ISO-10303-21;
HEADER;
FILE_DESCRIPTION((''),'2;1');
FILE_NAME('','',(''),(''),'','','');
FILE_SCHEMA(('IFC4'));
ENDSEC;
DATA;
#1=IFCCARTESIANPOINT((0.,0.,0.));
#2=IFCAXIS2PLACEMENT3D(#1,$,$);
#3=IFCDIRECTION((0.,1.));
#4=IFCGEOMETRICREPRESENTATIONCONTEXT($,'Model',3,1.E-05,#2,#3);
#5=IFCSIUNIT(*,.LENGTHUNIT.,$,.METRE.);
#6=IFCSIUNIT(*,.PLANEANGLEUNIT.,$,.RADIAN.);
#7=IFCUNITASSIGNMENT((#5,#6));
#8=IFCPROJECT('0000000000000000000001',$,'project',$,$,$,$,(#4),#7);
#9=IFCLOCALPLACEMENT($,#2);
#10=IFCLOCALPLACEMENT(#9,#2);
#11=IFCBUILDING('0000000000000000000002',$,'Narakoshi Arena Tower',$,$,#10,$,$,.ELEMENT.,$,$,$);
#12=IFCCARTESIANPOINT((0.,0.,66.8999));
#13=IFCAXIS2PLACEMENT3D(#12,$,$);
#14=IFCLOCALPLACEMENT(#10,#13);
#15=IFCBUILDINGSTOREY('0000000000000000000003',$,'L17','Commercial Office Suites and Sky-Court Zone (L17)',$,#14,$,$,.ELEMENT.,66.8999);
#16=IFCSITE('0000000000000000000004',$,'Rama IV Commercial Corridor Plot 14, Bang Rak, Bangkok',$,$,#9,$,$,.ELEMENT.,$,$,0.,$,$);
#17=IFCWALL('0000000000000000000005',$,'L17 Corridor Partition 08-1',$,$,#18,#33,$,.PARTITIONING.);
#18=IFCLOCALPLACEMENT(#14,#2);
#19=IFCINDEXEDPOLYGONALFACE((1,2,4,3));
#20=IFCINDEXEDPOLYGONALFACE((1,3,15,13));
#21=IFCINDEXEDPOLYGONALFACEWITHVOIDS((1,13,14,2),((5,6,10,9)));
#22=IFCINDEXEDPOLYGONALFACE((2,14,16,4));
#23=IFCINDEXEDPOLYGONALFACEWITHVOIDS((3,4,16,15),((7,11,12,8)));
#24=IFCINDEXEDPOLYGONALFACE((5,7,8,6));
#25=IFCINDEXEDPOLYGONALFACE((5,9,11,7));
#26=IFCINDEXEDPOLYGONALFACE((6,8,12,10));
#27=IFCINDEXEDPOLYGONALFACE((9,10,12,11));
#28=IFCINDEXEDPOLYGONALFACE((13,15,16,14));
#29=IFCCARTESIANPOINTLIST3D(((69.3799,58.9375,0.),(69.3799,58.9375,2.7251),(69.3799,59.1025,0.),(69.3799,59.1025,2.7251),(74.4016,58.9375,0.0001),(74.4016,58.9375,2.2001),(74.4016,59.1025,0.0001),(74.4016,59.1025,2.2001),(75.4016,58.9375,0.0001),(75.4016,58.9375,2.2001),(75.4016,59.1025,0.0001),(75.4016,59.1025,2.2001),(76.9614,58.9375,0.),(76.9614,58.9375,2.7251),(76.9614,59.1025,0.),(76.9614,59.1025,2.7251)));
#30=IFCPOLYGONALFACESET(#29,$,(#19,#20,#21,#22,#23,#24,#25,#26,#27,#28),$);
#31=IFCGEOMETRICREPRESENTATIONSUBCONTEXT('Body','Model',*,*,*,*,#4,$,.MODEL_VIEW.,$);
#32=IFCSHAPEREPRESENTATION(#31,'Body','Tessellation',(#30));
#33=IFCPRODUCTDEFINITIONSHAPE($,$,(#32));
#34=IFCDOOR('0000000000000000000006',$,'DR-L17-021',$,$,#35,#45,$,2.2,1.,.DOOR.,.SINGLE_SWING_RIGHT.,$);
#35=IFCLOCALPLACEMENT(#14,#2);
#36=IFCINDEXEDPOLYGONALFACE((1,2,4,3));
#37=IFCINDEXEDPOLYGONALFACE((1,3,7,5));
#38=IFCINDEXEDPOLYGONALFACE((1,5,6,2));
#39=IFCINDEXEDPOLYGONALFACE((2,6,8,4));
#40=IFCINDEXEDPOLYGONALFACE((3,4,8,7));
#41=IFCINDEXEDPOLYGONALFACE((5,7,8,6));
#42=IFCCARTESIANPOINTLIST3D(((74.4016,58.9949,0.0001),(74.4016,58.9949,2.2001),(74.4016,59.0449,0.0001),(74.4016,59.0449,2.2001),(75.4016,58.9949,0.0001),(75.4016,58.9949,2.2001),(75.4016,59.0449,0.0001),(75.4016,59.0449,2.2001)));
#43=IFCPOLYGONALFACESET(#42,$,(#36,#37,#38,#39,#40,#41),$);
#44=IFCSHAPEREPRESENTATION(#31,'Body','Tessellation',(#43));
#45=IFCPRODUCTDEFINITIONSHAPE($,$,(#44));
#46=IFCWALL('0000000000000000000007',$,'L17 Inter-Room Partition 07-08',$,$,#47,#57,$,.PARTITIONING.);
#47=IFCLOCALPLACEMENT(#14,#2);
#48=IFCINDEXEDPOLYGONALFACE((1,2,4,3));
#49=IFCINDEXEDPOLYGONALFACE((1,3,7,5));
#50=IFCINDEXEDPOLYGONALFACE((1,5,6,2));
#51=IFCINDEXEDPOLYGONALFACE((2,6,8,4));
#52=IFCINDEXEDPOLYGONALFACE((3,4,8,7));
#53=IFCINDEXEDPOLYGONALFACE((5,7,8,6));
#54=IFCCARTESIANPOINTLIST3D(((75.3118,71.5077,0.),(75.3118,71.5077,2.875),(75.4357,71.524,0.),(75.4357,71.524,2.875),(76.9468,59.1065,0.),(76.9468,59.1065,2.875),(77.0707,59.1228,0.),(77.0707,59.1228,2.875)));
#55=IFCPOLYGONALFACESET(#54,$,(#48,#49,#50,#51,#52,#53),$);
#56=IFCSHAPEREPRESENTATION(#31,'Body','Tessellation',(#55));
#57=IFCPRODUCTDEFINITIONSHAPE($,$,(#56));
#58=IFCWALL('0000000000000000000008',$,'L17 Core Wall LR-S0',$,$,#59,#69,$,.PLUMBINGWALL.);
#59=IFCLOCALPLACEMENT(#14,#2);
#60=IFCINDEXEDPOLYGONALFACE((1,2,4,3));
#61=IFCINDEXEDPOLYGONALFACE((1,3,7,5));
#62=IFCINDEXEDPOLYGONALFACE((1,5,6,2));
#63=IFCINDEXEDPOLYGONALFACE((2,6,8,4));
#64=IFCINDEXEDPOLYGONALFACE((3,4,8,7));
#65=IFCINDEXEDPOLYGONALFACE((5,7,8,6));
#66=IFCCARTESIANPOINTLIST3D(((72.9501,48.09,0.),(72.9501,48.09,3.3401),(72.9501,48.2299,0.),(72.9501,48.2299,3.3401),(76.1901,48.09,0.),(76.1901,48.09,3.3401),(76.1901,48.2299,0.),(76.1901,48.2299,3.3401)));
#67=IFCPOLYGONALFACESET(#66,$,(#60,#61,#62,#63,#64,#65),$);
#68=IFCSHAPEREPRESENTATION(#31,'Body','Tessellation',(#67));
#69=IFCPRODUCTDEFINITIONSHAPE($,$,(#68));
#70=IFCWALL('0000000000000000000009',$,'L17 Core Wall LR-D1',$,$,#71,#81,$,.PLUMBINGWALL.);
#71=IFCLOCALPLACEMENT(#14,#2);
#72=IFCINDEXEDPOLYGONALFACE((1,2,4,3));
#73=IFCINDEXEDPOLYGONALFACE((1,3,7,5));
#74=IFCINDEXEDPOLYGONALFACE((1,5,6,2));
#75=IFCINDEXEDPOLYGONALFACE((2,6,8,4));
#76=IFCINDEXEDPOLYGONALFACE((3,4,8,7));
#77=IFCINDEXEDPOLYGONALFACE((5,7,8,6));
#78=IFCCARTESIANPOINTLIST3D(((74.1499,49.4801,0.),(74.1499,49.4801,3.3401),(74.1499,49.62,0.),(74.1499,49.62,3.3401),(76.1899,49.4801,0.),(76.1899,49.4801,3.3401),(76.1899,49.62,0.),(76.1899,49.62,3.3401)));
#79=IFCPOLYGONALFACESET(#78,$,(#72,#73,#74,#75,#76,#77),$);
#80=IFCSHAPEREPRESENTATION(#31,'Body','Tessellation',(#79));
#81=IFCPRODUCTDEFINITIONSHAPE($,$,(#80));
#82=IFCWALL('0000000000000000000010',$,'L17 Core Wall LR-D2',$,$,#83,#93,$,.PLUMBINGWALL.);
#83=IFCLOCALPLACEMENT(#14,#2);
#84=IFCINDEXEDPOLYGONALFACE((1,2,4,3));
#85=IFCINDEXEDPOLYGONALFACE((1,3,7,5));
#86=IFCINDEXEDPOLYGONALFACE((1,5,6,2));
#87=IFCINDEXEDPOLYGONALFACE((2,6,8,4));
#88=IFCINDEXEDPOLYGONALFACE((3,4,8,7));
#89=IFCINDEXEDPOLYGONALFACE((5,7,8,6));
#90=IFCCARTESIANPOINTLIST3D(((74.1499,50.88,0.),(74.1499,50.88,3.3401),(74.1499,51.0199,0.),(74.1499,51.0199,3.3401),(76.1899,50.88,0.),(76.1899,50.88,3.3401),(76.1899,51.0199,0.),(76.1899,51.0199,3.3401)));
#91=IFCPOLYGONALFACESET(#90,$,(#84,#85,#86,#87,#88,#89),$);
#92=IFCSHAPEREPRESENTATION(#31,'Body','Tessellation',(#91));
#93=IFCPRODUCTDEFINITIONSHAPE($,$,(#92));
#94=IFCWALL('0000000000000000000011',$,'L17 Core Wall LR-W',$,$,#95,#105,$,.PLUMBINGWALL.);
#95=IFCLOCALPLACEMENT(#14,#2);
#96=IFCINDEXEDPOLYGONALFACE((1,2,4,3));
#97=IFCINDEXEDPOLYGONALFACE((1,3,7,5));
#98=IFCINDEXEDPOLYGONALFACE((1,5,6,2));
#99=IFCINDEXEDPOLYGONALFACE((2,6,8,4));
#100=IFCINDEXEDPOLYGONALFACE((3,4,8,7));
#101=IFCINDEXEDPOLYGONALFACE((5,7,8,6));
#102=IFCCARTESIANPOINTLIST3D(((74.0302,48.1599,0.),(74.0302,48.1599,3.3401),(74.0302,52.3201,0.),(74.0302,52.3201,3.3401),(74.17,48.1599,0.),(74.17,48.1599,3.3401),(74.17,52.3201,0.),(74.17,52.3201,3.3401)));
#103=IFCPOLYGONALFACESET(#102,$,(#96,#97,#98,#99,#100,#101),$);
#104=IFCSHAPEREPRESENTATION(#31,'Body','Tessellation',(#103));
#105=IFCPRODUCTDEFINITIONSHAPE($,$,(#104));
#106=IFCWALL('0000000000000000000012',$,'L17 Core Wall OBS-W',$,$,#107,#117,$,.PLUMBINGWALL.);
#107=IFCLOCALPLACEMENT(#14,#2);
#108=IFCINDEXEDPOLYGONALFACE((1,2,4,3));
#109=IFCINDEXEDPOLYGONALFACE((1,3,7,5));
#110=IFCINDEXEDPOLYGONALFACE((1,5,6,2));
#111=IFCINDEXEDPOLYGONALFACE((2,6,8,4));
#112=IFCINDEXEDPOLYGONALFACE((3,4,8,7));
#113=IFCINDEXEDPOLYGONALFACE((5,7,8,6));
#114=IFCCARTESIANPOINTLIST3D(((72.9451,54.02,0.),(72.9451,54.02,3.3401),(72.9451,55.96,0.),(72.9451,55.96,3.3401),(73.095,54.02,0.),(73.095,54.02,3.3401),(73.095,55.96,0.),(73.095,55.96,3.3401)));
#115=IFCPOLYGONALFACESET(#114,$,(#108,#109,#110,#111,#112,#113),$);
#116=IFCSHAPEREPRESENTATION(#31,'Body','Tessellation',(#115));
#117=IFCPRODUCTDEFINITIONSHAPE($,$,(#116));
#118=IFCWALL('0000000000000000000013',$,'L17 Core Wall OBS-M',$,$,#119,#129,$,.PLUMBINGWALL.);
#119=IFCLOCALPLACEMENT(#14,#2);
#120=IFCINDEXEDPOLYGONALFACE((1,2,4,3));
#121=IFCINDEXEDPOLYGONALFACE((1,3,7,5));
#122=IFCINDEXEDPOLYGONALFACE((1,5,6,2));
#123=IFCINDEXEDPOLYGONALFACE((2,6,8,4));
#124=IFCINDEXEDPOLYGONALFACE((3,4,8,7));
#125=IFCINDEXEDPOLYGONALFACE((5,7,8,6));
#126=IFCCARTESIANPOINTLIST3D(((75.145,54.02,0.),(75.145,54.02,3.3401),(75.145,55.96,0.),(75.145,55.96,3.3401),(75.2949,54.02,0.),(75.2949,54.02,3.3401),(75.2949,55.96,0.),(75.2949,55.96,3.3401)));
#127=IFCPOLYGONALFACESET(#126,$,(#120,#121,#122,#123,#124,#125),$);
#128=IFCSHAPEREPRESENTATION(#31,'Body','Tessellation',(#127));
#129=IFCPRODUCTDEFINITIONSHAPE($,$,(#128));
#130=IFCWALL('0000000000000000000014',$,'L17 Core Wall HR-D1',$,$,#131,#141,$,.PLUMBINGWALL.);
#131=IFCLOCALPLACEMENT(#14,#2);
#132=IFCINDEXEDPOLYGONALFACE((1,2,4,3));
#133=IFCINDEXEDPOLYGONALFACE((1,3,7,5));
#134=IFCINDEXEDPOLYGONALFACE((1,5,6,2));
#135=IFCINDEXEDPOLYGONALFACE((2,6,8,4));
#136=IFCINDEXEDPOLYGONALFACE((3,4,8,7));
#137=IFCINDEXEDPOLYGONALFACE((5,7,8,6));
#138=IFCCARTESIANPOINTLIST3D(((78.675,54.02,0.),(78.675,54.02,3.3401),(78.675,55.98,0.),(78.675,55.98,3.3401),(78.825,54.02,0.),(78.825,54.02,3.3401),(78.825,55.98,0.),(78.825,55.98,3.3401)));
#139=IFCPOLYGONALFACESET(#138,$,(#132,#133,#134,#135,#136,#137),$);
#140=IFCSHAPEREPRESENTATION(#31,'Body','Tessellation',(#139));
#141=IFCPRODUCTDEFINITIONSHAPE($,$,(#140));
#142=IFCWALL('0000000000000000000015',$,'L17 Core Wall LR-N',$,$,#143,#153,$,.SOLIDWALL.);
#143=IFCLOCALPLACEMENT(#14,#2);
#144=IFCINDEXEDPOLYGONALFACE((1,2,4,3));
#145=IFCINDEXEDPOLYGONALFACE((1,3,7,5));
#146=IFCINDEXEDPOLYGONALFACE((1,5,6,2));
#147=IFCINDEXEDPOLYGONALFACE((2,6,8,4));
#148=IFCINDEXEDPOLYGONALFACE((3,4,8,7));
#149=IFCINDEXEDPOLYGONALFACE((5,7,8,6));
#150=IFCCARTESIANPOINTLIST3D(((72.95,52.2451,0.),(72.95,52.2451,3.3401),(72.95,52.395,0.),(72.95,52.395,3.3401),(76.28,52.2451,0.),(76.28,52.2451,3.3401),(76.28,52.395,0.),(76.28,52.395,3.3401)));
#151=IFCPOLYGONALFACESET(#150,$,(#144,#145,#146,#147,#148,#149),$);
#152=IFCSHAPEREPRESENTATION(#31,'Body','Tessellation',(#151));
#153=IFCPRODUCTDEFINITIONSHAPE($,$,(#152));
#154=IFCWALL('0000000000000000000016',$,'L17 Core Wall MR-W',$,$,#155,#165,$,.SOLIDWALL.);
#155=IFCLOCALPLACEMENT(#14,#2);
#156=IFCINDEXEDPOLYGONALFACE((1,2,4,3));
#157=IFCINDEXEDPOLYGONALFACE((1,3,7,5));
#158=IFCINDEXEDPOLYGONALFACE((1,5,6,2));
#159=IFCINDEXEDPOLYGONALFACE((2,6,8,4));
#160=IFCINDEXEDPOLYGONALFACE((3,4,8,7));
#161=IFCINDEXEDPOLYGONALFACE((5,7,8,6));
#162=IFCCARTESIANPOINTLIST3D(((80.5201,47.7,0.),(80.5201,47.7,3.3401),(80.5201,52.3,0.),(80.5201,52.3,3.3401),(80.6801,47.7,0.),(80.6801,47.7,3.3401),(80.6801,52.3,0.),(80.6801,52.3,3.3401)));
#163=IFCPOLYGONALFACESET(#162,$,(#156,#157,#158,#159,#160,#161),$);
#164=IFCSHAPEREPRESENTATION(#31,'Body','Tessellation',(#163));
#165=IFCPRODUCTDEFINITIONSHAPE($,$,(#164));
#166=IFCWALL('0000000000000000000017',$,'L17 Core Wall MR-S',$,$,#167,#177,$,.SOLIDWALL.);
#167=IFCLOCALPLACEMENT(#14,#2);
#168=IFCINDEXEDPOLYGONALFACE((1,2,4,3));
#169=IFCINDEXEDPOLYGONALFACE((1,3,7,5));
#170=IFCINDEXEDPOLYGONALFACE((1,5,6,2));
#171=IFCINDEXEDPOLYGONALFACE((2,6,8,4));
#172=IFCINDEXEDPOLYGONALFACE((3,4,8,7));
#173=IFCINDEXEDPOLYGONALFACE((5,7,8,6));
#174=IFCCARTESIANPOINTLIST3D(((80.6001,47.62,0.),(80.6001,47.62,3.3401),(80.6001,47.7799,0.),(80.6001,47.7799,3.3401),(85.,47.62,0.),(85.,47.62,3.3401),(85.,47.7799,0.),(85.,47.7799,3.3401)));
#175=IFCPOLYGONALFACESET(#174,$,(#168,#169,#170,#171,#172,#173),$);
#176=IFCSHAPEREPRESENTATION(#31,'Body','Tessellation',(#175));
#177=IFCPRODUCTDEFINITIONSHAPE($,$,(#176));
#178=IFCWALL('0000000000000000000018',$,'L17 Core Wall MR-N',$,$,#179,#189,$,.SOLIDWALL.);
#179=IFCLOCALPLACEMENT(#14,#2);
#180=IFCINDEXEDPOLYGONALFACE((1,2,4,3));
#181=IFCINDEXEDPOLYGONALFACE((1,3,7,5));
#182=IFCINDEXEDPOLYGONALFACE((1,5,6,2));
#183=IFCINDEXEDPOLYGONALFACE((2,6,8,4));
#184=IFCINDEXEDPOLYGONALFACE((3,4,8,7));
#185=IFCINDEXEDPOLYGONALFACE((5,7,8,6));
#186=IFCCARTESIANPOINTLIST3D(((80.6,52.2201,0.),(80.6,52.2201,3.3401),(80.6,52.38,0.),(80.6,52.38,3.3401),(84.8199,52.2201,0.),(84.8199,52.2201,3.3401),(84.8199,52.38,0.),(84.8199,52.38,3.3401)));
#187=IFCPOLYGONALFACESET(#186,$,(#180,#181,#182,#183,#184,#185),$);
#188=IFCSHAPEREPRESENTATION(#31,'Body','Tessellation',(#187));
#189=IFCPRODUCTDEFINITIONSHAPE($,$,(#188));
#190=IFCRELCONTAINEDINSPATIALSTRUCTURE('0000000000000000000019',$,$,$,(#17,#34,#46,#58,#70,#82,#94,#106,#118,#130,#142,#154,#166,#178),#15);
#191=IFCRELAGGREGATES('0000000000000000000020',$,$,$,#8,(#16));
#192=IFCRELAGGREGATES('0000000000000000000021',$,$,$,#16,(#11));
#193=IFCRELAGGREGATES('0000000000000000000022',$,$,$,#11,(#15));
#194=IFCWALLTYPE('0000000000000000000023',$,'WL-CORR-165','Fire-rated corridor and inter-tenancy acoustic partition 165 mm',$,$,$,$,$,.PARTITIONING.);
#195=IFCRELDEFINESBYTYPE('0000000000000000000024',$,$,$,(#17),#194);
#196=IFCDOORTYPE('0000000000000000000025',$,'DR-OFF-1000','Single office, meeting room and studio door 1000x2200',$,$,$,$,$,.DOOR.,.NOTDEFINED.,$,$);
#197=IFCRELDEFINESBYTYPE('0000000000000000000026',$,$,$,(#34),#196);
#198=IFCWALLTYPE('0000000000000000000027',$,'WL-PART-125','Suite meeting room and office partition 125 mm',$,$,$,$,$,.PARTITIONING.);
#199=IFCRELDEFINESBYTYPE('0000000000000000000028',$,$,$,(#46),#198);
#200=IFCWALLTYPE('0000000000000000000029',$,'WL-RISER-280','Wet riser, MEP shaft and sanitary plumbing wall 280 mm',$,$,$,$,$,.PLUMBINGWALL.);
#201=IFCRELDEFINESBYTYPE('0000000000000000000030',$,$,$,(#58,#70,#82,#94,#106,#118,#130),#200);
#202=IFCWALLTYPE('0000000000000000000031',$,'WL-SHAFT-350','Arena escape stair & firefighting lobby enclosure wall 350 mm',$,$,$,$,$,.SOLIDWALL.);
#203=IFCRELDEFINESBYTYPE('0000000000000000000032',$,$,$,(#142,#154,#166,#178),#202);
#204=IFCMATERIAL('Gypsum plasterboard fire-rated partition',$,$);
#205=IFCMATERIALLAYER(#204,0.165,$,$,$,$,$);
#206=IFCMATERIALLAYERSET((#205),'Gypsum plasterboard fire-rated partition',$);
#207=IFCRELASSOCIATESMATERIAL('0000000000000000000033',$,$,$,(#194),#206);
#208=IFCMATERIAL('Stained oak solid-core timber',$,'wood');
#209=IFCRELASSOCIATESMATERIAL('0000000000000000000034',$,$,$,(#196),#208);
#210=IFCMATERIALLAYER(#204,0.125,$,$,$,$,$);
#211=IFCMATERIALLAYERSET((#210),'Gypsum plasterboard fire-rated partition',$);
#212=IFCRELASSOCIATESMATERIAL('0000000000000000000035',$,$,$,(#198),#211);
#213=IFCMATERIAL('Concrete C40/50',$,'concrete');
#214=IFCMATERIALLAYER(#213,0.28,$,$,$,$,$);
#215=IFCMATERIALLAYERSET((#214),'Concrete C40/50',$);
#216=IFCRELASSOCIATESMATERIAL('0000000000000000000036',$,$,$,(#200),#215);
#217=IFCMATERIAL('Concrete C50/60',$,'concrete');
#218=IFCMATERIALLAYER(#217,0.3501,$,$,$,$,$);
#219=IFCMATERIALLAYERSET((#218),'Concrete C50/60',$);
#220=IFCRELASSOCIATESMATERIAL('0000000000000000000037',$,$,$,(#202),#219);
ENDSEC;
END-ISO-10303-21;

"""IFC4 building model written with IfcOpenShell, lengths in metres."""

from ifc_helpers import new_model, si_unit, direction, frame, frame_2d, origin, place, context, subcontext, project, spatial, rectangle, extrude, material, layer, layer_set, type_object, element, fill, save


model = new_model("IFC4")

# Units and contexts
model_context = context("Model", 3, precision=1e-05, world=origin(), true_north=direction((0.0, 1.0)))
body_context = subcontext(model_context, "Body", "Model", "MODEL_VIEW")
ifc_project = project(units=[si_unit("LENGTHUNIT", "METRE"), si_unit("PLANEANGLEUNIT", "RADIAN")], contexts=[model_context])

# Site, building, storey
site_placement = place(None, origin())
site = spatial("IfcSite", under=ifc_project, at=site_placement, Name="Rama IV Commercial Corridor Plot 14, Bang Rak, Bangkok", CompositionType="ELEMENT", RefElevation=0.0)
building_placement = place(site_placement, origin())
building = spatial("IfcBuilding", under=site, at=building_placement, Name="Narakoshi Arena Tower", CompositionType="ELEMENT")
storey_placement = place(building_placement, frame((0.0, 0.0, 66.8999)))
storey = spatial("IfcBuildingStorey", under=building, at=storey_placement, Name="L17", Description="Commercial Office Suites and Sky-Court Zone (L17)", CompositionType="ELEMENT", Elevation=66.8999)

# Wall, opening, door
ifc_material_1 = material(Name="Gypsum plasterboard fire-rated partition")
ifc_layer_1 = layer(ifc_material_1, 0.165)
ifc_layer_set_1 = layer_set([ifc_layer_1], Name="Gypsum plasterboard fire-rated partition")
wall_type_1 = type_object("IfcWallType", Name="WL-CORR-165", Description="Fire-rated corridor and inter-tenancy acoustic partition 165 mm", PredefinedType="PARTITIONING", material=ifc_layer_set_1)
wall_1_placement = place(storey_placement, frame((76.9614, 59.02, 0.0), z_axis=(0.0, 0.0, 1.0), x_axis=(-1.0, 0.0, 0.0)))
wall_1 = element("IfcWall", 1, at=wall_1_placement, inside=storey, type_object=wall_type_1, Name="L17 Corridor Partition 08-1", PredefinedType="PARTITIONING", context=body_context, shape_type="SweptSolid", body=[
    extrude(rectangle(XDim=7.5815, YDim=0.165, at=frame_2d((3.7908, 0.0))), origin(), (0.0, 0.0, 1.0), 2.7251),
])
opening_placement = place(wall_1_placement, frame((1.5598, 0.0, 0.0)))
opening = element("IfcOpeningElement", 2, at=opening_placement, cuts=wall_1, PredefinedType="OPENING", context=body_context, shape_type="SweptSolid", body=[
    extrude(rectangle(XDim=1.0, YDim=2.2, at=frame_2d((0.5, 1.1001))), frame((0.0, 0.0925, 0.0), z_axis=(0.0, -1.0, 0.0), x_axis=(1.0, 0.0, 0.0)), (0.0, 0.0, 1.0), 0.1851),
])
ifc_material_2 = material(Name="Stained oak solid-core timber", Category="wood")
door_type = type_object("IfcDoorType", Name="DR-OFF-1000", Description="Single office, meeting room and studio door 1000x2200", OperationType="NOTDEFINED", PredefinedType="DOOR", material=ifc_material_2)
door_placement = place(opening_placement, frame((1.0, 0.0, 0.0), z_axis=(0.0, 0.0, 1.0), x_axis=(-1.0, 0.0, 0.0)))
door = element("IfcDoor", 3, at=door_placement, inside=storey, type_object=door_type, Name="DR-L17-021", OperationType="SINGLE_SWING_RIGHT", OverallHeight=2.2, OverallWidth=1.0, PredefinedType="DOOR", context=body_context, shape_type="SweptSolid", body=[
    extrude(rectangle(XDim=1.0, YDim=2.2, at=frame_2d((0.5, 1.1001))), frame((0.0, 0.0249, 0.0), z_axis=(0.0, -1.0, 0.0), x_axis=(1.0, 0.0, 0.0)), (0.0, 0.0, 1.0), 0.05),
])
fill(opening, door)

# Walls
ifc_layer_2 = layer(ifc_material_1, 0.125)
ifc_layer_set_2 = layer_set([ifc_layer_2], Name="Gypsum plasterboard fire-rated partition")
wall_type_2 = type_object("IfcWallType", Name="WL-PART-125", Description="Suite meeting room and office partition 125 mm", PredefinedType="PARTITIONING", material=ifc_layer_set_2)
wall_2_placement = place(storey_placement, frame((77.0088, 59.1145, 0.0), z_axis=(0.0, 0.0, 1.0), x_axis=(-0.130713, 0.99142, 0.0)))
element("IfcWall", 4, at=wall_2_placement, inside=storey, type_object=wall_type_2, Name="L17 Inter-Room Partition 07-08", PredefinedType="PARTITIONING", context=body_context, shape_type="SweptSolid", body=[
    extrude(rectangle(XDim=12.5085, YDim=0.125, at=frame_2d((6.2544, 0.0))), origin(), (0.0, 0.0, 1.0), 2.875),
])
ifc_material_3 = material(Name="Concrete C40/50", Category="concrete")
ifc_layer_3 = layer(ifc_material_3, 0.28)
ifc_layer_set_3 = layer_set([ifc_layer_3], Name="Concrete C40/50")
wall_type_3 = type_object("IfcWallType", Name="WL-RISER-280", Description="Wet riser, MEP shaft and sanitary plumbing wall 280 mm", PredefinedType="PLUMBINGWALL", material=ifc_layer_set_3)
wall_3_placement = place(storey_placement, frame((72.95, 48.1599, 0.0), z_axis=(0.0, 0.0, 1.0), x_axis=(1.0, 0.0, 0.0)))
element("IfcWall", 5, at=wall_3_placement, inside=storey, type_object=wall_type_3, Name="L17 Core Wall LR-S0", PredefinedType="PLUMBINGWALL", context=body_context, shape_type="SweptSolid", body=[
    extrude(rectangle(XDim=3.24, YDim=0.1399, at=frame_2d((1.6201, 0.0))), origin(), (0.0, 0.0, 1.0), 3.3401),
])
for number, where, z_axis, x_axis, name in (
    (6, (74.1499, 49.55, 0.0), (0.0, 0.0, 1.0), (1.0, 0.0, 0.0), "L17 Core Wall LR-D1"),
    (7, (74.1499, 50.95, 0.0), (0.0, 0.0, 1.0), (1.0, 0.0, 0.0), "L17 Core Wall LR-D2"),
):
    element("IfcWall", number, at=place(storey_placement, frame(where, z_axis=z_axis, x_axis=x_axis)), inside=storey, type_object=wall_type_3, Name=name, PredefinedType="PLUMBINGWALL", context=body_context, shape_type="SweptSolid", body=[
        extrude(rectangle(XDim=2.04, YDim=0.1399, at=frame_2d((1.02, 0.0))), origin(), (0.0, 0.0, 1.0), 3.3401),
    ])
wall_4_placement = place(storey_placement, frame((74.1001, 48.1599, 0.0), z_axis=(0.0, 0.0, 1.0), x_axis=(0.0, 1.0, 0.0)))
element("IfcWall", 8, at=wall_4_placement, inside=storey, type_object=wall_type_3, Name="L17 Core Wall LR-W", PredefinedType="PLUMBINGWALL", context=body_context, shape_type="SweptSolid", body=[
    extrude(rectangle(XDim=4.1602, YDim=0.1399, at=frame_2d((2.0801, 0.0))), origin(), (0.0, 0.0, 1.0), 3.3401),
])
for number, where, z_axis, x_axis, name in (
    (9, (73.02, 54.02, 0.0), (0.0, 0.0, 1.0), (0.0, 1.0, 0.0), "L17 Core Wall OBS-W"),
    (10, (75.22, 54.02, 0.0), (0.0, 0.0, 1.0), (0.0, 1.0, 0.0), "L17 Core Wall OBS-M"),
):
    element("IfcWall", number, at=place(storey_placement, frame(where, z_axis=z_axis, x_axis=x_axis)), inside=storey, type_object=wall_type_3, Name=name, PredefinedType="PLUMBINGWALL", context=body_context, shape_type="SweptSolid", body=[
        extrude(rectangle(XDim=1.9399, YDim=0.1499, at=frame_2d((0.97, 0.0))), origin(), (0.0, 0.0, 1.0), 3.3401),
    ])
wall_5_placement = place(storey_placement, frame((78.75, 54.02, 0.0), z_axis=(0.0, 0.0, 1.0), x_axis=(0.0, 1.0, 0.0)))
element("IfcWall", 11, at=wall_5_placement, inside=storey, type_object=wall_type_3, Name="L17 Core Wall HR-D1", PredefinedType="PLUMBINGWALL", context=body_context, shape_type="SweptSolid", body=[
    extrude(rectangle(XDim=1.96, YDim=0.1499, at=frame_2d((0.98, 0.0))), origin(), (0.0, 0.0, 1.0), 3.3401),
])
ifc_material_4 = material(Name="Concrete C50/60", Category="concrete")
ifc_layer_4 = layer(ifc_material_4, 0.3501)
ifc_layer_set_4 = layer_set([ifc_layer_4], Name="Concrete C50/60")
wall_type_4 = type_object("IfcWallType", Name="WL-SHAFT-350", Description="Arena escape stair & firefighting lobby enclosure wall 350 mm", PredefinedType="SOLIDWALL", material=ifc_layer_set_4)
wall_6_placement = place(storey_placement, frame((72.95, 52.3201, 0.0), z_axis=(0.0, 0.0, 1.0), x_axis=(1.0, 0.0, 0.0)))
element("IfcWall", 12, at=wall_6_placement, inside=storey, type_object=wall_type_4, Name="L17 Core Wall LR-N", PredefinedType="SOLIDWALL", context=body_context, shape_type="SweptSolid", body=[
    extrude(rectangle(XDim=3.3301, YDim=0.1499, at=frame_2d((1.665, 0.0))), origin(), (0.0, 0.0, 1.0), 3.3401),
])
wall_7_placement = place(storey_placement, frame((80.6001, 47.7, 0.0), z_axis=(0.0, 0.0, 1.0), x_axis=(0.0, 1.0, 0.0)))
element("IfcWall", 13, at=wall_7_placement, inside=storey, type_object=wall_type_4, Name="L17 Core Wall MR-W", PredefinedType="SOLIDWALL", context=body_context, shape_type="SweptSolid", body=[
    extrude(rectangle(XDim=4.6001, YDim=0.1599, at=frame_2d((2.3, 0.0))), origin(), (0.0, 0.0, 1.0), 3.3401),
])
wall_8_placement = place(storey_placement, frame((80.6001, 47.7, 0.0), z_axis=(0.0, 0.0, 1.0), x_axis=(1.0, 0.0, 0.0)))
element("IfcWall", 14, at=wall_8_placement, inside=storey, type_object=wall_type_4, Name="L17 Core Wall MR-S", PredefinedType="SOLIDWALL", context=body_context, shape_type="SweptSolid", body=[
    extrude(rectangle(XDim=4.3999, YDim=0.1599, at=frame_2d((2.2, 0.0))), origin(), (0.0, 0.0, 1.0), 3.3401),
])
wall_9_placement = place(storey_placement, frame((80.6001, 52.3, 0.0), z_axis=(0.0, 0.0, 1.0), x_axis=(1.0, 0.0, 0.0)))
element("IfcWall", 15, at=wall_9_placement, inside=storey, type_object=wall_type_4, Name="L17 Core Wall MR-N", PredefinedType="SOLIDWALL", context=body_context, shape_type="SweptSolid", body=[
    extrude(rectangle(XDim=4.22, YDim=0.1599, at=frame_2d((2.1099, 0.0))), origin(), (0.0, 0.0, 1.0), 3.3401),
])

save(model, "model.ifc")
